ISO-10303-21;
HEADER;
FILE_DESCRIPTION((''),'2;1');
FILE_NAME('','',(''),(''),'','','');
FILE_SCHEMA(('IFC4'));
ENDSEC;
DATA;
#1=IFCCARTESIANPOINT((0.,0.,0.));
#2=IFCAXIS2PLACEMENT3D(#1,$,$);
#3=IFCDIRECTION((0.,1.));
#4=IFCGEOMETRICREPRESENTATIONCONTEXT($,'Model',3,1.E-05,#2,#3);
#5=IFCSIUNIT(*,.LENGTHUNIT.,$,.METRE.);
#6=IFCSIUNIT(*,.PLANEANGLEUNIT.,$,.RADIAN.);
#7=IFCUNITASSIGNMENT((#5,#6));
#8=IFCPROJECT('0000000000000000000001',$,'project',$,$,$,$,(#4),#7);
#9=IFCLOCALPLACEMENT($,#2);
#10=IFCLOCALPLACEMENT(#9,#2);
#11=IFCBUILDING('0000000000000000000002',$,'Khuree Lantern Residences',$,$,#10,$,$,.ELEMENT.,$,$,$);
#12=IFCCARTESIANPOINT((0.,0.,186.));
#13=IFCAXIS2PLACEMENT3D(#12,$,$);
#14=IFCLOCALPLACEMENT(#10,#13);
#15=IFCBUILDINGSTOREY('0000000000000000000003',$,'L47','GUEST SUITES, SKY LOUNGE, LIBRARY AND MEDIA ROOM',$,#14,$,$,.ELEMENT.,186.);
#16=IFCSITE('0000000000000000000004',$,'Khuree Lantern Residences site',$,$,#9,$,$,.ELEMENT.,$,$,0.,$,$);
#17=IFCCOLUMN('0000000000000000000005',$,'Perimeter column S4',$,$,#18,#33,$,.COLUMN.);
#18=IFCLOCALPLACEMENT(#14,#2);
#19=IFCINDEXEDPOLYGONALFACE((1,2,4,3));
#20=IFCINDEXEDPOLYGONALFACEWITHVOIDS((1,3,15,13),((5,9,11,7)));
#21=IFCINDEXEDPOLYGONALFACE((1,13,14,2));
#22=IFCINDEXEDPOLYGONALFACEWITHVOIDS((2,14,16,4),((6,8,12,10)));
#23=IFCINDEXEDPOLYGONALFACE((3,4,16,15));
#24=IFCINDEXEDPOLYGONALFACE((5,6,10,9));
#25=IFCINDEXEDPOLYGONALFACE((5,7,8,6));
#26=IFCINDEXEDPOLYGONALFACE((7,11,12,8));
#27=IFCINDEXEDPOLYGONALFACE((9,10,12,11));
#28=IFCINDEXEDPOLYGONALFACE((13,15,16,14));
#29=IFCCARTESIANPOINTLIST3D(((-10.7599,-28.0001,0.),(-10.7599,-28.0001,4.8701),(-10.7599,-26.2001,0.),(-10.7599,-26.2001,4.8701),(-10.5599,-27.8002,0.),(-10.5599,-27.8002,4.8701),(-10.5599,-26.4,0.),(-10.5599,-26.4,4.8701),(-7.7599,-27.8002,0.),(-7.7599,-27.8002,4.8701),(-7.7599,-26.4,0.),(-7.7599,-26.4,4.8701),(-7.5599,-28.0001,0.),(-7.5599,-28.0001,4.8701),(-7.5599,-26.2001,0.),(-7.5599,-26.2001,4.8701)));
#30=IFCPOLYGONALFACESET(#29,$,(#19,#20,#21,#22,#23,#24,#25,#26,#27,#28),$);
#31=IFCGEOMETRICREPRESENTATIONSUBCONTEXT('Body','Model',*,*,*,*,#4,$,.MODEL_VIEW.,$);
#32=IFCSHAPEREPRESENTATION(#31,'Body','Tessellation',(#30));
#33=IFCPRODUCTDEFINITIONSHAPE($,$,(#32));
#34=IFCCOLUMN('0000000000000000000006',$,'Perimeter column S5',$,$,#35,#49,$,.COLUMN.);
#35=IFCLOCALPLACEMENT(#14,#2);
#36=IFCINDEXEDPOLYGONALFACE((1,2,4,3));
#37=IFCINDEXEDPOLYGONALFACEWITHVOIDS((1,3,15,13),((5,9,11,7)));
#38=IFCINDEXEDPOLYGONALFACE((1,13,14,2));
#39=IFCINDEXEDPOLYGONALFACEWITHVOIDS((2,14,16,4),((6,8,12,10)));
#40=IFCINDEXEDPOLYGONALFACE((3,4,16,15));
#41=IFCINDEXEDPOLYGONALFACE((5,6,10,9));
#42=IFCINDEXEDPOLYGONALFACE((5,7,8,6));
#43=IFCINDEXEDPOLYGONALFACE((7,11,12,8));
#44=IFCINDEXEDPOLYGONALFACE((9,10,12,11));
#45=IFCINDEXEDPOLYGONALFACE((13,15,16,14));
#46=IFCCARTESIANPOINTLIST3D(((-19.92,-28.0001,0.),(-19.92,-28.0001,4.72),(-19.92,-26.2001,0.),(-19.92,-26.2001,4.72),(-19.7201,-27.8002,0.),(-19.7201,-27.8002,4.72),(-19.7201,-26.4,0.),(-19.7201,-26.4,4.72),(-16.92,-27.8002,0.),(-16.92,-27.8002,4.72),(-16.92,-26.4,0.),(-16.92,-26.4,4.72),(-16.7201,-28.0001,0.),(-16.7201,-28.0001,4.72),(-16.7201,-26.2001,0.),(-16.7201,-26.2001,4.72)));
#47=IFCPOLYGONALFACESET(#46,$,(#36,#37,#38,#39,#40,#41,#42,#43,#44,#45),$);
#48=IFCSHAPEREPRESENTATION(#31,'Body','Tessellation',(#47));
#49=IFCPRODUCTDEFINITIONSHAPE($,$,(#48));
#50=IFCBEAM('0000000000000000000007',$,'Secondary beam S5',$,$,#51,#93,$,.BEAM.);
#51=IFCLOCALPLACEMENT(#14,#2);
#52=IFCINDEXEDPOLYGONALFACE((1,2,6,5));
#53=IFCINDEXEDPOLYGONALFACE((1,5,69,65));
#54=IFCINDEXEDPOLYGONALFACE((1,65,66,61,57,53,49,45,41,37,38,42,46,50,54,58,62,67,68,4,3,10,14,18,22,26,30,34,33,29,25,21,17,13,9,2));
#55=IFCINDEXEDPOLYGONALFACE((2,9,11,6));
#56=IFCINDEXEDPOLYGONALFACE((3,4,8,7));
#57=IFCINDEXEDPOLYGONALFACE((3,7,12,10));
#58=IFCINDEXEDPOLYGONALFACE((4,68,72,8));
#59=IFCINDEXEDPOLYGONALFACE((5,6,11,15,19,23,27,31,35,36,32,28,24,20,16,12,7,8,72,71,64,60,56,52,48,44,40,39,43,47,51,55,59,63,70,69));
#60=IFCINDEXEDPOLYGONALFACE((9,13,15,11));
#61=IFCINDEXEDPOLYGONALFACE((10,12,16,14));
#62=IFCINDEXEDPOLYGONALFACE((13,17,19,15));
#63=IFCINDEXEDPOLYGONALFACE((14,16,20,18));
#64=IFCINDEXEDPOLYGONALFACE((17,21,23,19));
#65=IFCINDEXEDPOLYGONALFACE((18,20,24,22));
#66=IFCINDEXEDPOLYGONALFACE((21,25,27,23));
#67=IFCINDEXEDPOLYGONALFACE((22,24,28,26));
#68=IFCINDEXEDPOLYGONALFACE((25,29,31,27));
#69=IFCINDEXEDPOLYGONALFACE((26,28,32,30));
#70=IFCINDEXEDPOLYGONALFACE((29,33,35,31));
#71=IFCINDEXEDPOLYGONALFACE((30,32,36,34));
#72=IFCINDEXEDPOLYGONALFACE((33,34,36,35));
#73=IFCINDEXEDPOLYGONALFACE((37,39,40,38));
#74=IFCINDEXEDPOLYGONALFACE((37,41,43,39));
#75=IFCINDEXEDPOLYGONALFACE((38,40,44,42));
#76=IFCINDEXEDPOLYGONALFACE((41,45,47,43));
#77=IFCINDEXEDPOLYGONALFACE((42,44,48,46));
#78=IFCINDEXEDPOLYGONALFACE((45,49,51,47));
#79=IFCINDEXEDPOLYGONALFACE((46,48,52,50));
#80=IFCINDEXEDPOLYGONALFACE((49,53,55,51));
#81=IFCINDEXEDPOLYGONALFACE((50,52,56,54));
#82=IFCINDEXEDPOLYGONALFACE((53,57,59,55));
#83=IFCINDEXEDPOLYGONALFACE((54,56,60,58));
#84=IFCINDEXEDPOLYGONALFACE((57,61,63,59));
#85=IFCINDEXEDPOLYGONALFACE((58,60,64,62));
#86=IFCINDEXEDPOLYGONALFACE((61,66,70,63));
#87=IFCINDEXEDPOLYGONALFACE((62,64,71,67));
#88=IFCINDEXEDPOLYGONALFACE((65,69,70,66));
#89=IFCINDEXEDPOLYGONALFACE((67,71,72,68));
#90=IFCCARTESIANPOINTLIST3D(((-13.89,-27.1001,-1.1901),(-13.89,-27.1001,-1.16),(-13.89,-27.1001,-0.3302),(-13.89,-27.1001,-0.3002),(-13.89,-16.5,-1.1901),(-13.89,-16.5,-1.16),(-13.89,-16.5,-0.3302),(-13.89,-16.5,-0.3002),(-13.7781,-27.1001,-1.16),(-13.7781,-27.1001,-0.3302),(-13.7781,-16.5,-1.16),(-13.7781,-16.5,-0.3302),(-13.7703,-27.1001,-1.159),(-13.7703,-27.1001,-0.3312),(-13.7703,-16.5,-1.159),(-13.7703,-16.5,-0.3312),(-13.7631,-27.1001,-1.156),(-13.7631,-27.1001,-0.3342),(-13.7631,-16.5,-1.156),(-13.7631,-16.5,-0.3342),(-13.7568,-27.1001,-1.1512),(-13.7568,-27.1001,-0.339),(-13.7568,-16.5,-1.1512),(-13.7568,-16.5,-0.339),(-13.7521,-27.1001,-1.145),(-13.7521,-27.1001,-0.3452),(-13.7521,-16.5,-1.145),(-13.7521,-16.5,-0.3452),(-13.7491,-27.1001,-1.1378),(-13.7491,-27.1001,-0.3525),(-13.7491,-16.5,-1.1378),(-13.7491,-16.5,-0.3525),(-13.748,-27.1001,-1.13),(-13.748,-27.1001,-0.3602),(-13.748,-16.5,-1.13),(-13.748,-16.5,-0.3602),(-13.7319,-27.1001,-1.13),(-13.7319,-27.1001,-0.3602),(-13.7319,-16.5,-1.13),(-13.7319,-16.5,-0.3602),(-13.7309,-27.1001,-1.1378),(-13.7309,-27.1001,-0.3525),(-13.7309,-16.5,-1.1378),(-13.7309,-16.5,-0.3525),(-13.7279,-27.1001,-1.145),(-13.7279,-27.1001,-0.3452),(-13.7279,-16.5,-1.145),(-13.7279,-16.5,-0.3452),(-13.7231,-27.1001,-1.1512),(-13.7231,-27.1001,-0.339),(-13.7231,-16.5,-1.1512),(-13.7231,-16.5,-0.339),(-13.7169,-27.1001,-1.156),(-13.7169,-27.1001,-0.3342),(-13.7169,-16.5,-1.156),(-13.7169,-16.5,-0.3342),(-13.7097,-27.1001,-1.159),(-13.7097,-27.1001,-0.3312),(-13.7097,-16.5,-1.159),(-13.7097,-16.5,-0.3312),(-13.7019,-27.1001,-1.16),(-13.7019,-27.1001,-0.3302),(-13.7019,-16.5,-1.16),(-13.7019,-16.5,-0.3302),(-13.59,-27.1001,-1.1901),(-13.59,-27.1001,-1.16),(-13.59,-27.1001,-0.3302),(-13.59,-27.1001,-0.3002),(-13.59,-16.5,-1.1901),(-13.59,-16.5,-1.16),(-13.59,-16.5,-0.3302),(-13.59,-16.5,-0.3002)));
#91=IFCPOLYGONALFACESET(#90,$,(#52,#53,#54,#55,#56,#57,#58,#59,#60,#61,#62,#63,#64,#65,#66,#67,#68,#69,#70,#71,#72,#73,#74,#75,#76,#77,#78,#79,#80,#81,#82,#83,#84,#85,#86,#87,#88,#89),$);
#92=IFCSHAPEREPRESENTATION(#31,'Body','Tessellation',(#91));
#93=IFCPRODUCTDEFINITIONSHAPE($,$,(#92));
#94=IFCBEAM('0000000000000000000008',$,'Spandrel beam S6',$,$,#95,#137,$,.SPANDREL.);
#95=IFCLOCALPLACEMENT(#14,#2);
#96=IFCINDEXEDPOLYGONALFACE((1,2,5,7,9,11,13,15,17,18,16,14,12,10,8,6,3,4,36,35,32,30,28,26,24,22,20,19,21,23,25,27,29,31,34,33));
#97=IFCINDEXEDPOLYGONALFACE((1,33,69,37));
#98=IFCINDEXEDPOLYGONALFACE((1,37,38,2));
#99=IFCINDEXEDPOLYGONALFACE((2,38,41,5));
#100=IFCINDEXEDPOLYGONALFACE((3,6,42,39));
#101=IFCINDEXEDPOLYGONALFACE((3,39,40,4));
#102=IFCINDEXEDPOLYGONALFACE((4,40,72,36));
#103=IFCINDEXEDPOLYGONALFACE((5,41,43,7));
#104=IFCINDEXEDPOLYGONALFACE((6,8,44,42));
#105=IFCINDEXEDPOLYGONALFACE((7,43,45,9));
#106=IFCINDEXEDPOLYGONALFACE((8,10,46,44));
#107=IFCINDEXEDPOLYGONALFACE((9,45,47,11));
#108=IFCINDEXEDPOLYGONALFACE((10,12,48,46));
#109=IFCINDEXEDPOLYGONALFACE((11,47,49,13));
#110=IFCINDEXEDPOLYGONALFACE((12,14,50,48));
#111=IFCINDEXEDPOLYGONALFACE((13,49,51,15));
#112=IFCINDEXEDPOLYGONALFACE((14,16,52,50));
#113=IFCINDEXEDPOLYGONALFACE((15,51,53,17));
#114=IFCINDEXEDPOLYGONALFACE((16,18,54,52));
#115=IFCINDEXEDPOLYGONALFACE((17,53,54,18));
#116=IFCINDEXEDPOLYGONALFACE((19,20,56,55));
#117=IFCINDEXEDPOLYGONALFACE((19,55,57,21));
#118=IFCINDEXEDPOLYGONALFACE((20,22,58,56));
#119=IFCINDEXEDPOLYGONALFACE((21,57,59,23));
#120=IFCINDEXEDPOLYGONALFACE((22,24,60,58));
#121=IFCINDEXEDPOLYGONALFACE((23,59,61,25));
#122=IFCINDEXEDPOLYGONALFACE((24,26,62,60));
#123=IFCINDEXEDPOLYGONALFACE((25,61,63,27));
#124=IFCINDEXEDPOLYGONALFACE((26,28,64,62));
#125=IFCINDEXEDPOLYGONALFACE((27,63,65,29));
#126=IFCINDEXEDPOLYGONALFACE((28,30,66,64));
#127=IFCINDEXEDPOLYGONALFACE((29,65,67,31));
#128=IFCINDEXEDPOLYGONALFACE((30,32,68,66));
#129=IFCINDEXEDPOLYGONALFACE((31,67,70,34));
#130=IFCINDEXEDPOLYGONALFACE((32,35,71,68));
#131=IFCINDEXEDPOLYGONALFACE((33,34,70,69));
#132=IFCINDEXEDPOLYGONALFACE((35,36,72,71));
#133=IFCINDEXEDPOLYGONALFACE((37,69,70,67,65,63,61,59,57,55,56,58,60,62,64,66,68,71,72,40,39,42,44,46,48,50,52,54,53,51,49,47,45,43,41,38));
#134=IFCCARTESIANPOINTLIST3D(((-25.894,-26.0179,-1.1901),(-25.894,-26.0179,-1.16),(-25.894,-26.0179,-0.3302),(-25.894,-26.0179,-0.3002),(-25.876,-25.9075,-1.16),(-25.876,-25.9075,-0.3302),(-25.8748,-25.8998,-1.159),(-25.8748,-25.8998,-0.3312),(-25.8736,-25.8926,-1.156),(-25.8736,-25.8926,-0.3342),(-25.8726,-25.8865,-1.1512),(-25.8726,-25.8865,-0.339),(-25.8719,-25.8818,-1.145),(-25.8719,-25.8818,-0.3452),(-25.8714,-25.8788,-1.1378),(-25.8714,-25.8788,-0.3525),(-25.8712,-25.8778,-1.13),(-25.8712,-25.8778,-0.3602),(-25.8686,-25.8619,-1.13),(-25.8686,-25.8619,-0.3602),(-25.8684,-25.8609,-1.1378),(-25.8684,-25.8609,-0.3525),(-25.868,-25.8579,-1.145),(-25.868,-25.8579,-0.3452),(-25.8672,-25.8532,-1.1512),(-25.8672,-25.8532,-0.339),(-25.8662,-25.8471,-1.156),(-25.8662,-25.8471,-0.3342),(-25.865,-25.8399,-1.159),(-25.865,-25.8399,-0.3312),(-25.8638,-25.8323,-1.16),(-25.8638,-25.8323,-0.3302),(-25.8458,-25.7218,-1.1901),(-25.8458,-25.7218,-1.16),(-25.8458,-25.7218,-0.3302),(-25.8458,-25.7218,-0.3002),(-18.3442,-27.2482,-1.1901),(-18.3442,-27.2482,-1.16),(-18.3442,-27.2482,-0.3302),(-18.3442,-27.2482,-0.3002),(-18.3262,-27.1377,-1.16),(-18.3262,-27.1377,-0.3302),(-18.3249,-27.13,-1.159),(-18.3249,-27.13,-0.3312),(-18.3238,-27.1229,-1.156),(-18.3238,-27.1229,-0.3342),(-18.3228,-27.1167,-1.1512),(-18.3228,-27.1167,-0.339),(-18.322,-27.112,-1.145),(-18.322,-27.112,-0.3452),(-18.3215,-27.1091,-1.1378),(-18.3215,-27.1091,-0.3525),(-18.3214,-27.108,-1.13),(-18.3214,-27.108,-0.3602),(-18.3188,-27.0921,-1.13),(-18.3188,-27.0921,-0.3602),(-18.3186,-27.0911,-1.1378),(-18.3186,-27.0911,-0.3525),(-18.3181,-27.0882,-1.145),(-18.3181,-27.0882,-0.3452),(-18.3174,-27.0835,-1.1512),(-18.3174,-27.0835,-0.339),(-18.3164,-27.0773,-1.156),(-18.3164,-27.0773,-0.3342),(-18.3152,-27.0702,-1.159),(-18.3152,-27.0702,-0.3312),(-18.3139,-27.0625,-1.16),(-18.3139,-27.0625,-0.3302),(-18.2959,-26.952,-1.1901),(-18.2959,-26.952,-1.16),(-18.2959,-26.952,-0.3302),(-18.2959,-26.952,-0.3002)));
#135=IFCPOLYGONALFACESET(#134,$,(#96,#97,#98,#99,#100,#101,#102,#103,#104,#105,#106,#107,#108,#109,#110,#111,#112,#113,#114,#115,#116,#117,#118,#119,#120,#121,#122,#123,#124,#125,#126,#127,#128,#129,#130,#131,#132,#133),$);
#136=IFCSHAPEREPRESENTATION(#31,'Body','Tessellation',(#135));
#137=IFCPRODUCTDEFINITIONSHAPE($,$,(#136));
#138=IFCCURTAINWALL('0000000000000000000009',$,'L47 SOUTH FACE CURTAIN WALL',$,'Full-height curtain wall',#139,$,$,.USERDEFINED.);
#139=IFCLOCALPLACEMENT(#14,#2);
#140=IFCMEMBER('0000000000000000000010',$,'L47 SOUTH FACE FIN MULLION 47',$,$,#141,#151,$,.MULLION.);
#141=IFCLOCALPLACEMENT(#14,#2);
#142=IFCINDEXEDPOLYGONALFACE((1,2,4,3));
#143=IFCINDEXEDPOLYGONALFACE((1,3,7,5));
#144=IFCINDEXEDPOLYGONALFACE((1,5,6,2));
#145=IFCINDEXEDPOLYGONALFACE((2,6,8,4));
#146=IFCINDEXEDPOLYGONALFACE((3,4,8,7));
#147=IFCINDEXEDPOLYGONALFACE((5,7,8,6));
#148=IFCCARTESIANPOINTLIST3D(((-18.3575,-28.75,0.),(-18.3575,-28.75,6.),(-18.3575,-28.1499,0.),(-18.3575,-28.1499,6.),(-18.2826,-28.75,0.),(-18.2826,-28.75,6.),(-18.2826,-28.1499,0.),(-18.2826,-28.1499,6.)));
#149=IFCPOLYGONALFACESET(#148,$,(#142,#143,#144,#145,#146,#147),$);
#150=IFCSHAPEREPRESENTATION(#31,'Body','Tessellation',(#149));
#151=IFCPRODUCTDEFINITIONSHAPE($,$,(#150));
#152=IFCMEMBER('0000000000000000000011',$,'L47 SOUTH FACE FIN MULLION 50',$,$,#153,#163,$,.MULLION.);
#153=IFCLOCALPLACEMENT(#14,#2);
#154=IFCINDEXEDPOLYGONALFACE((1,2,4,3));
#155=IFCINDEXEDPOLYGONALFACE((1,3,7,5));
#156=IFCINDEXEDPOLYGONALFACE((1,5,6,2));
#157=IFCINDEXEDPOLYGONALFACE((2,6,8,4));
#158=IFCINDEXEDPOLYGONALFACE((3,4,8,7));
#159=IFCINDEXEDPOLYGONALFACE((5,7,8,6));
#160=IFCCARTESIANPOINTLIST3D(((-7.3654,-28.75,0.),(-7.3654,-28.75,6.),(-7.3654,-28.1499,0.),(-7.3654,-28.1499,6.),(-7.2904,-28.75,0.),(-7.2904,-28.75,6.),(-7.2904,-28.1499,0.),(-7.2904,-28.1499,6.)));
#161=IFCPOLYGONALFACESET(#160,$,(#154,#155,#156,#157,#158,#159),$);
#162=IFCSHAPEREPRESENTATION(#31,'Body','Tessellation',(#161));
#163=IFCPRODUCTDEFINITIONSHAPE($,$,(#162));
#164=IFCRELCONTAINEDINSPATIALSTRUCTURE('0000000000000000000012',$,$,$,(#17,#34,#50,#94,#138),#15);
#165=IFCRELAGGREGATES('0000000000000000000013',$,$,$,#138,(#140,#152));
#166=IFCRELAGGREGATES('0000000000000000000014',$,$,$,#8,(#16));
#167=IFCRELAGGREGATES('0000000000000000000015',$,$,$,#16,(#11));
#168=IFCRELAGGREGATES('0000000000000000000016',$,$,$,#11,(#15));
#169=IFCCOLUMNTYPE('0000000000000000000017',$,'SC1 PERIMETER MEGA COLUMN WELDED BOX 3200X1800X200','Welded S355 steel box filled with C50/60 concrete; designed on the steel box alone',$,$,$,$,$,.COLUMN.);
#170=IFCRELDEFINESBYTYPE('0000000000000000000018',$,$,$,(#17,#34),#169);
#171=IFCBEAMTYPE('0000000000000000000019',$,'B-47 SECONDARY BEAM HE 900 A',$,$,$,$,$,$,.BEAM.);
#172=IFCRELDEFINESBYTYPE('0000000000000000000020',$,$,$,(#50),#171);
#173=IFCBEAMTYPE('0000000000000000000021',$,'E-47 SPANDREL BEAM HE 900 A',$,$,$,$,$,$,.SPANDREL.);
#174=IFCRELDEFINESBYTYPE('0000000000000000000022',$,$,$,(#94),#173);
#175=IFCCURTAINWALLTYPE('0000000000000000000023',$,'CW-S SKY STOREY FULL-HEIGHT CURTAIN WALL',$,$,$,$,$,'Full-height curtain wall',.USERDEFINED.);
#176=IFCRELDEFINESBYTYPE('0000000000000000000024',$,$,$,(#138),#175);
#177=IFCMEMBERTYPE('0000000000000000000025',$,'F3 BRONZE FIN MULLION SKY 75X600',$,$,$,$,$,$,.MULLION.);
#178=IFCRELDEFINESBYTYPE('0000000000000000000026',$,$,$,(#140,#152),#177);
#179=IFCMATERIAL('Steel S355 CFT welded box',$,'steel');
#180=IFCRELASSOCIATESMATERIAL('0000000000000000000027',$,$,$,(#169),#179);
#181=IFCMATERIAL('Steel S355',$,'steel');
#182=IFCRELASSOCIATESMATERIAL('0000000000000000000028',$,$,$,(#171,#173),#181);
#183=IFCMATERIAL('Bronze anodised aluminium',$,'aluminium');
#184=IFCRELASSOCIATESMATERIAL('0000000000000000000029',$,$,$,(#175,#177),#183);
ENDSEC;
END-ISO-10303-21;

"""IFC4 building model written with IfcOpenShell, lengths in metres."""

from ifc_helpers import new_model, si_unit, direction, frame, origin, origin_2d, place, context, subcontext, project, spatial, rectangle, hollow_rectangle, i_section, extrude, material, material_profile, profile_set, type_object, element, aggregate, save


model = new_model("IFC4")

# Units and contexts
model_context = context("Model", 3, precision=1e-05, world=origin(), true_north=direction((0.0, 1.0)))
body_context = subcontext(model_context, "Body", "Model", "MODEL_VIEW")
ifc_project = project(units=[si_unit("LENGTHUNIT", "METRE"), si_unit("PLANEANGLEUNIT", "RADIAN")], contexts=[model_context])

# Site, building, storey
site_placement = place(None, origin())
site = spatial("IfcSite", under=ifc_project, at=site_placement, Name="Khuree Lantern Residences site", CompositionType="ELEMENT", RefElevation=0.0)
building_placement = place(site_placement, origin())
building = spatial("IfcBuilding", under=site, at=building_placement, Name="Khuree Lantern Residences", CompositionType="ELEMENT")
storey_placement = place(building_placement, frame((0.0, 0.0, 186.0)))
storey = spatial("IfcBuildingStorey", under=building, at=storey_placement, Name="L47", Description="GUEST SUITES, SKY LOUNGE, LIBRARY AND MEDIA ROOM", CompositionType="ELEMENT", Elevation=186.0)

# Columns
ifc_material_1 = material(Name="Steel S355 CFT welded box", Category="steel")
ifc_material_profile_1 = material_profile(ifc_material_1, hollow_rectangle(XDim=3.2, YDim=1.8, WallThickness=0.2, at=origin_2d()), Name="WELDED BOX 3200X1800X200")
ifc_profile_set_1 = profile_set([ifc_material_profile_1], Name="Steel S355 CFT welded box")
column_type = type_object("IfcColumnType", Name="SC1 PERIMETER MEGA COLUMN WELDED BOX 3200X1800X200", Description="Welded S355 steel box filled with C50/60 concrete; designed on the steel box alone", PredefinedType="COLUMN", material=ifc_profile_set_1)
column_1_placement = place(storey_placement, frame((-9.1599, -27.1001, 0.0), z_axis=(0.0, 0.0, 1.0), x_axis=(1.0, 0.0, 0.0)))
element("IfcColumn", 1, at=column_1_placement, inside=storey, type_object=column_type, Name="Perimeter column S4", PredefinedType="COLUMN", context=body_context, shape_type="SweptSolid", body=[
    extrude(hollow_rectangle(XDim=3.2, YDim=1.8, WallThickness=0.2, at=origin_2d()), origin(), (0.0, 0.0, 1.0), 4.8701),
])
column_2_placement = place(storey_placement, frame((-18.3201, -27.1001, 0.0), z_axis=(0.0, 0.0, 1.0), x_axis=(1.0, 0.0, 0.0)))
element("IfcColumn", 2, at=column_2_placement, inside=storey, type_object=column_type, Name="Perimeter column S5", PredefinedType="COLUMN", context=body_context, shape_type="SweptSolid", body=[
    extrude(hollow_rectangle(XDim=3.2, YDim=1.8, WallThickness=0.2, at=origin_2d()), origin(), (0.0, 0.0, 1.0), 4.72),
])

# Beams
ifc_material_2 = material(Name="Steel S355", Category="steel")
ifc_material_profile_2 = material_profile(ifc_material_2, i_section(OverallWidth=0.3, OverallDepth=0.8899, WebThickness=0.0161, FlangeThickness=0.03, FilletRadius=0.03, at=origin_2d()), Name="HE 900 A")
ifc_profile_set_2 = profile_set([ifc_material_profile_2], Name="Steel S355")
beam_type_1 = type_object("IfcBeamType", Name="B-47 SECONDARY BEAM HE 900 A", PredefinedType="BEAM", material=ifc_profile_set_2)
beam_1_placement = place(storey_placement, frame((-13.74, -27.1001, -0.7451), z_axis=(0.0, 1.0, 0.0), x_axis=(-1.0, 0.0, 0.0)))
element("IfcBeam", 3, at=beam_1_placement, inside=storey, type_object=beam_type_1, Name="Secondary beam S5", PredefinedType="BEAM", context=body_context, shape_type="SweptSolid", body=[
    extrude(i_section(OverallWidth=0.3, OverallDepth=0.8899, WebThickness=0.0161, FlangeThickness=0.03, FilletRadius=0.03, at=origin_2d()), origin(), (0.0, 0.0, 1.0), 10.6001),
])
ifc_material_profile_3 = material_profile(ifc_material_2, i_section(OverallWidth=0.3, OverallDepth=0.8899, WebThickness=0.0161, FlangeThickness=0.03, FilletRadius=0.03, at=origin_2d()), Name="HE 900 A")
ifc_profile_set_3 = profile_set([ifc_material_profile_3], Name="Steel S355")
beam_type_2 = type_object("IfcBeamType", Name="E-47 SPANDREL BEAM HE 900 A", PredefinedType="SPANDREL", material=ifc_profile_set_3)
beam_2_placement = place(storey_placement, frame((-18.3201, -27.1001, -0.7451), z_axis=(-0.986983, 0.160827, 0.0), x_axis=(-0.160827, -0.986983, 0.0)))
element("IfcBeam", 4, at=beam_2_placement, inside=storey, type_object=beam_type_2, Name="Spandrel beam S6", PredefinedType="SPANDREL", context=body_context, shape_type="SweptSolid", body=[
    extrude(i_section(OverallWidth=0.3, OverallDepth=0.8899, WebThickness=0.0161, FlangeThickness=0.03, FilletRadius=0.03, at=origin_2d()), origin(), (0.0, 0.0, 1.0), 7.6494),
])

# Curtain wall, members
ifc_material_3 = material(Name="Bronze anodised aluminium", Category="aluminium")
curtain_wall_type = type_object("IfcCurtainWallType", Name="CW-S SKY STOREY FULL-HEIGHT CURTAIN WALL", ElementType="Full-height curtain wall", PredefinedType="USERDEFINED", material=ifc_material_3)
curtain_wall_placement = place(storey_placement, origin())
curtain_wall = element("IfcCurtainWall", 5, at=curtain_wall_placement, inside=storey, type_object=curtain_wall_type, Name="L47 SOUTH FACE CURTAIN WALL", ObjectType="Full-height curtain wall", PredefinedType="USERDEFINED")
ifc_material_profile_4 = material_profile(ifc_material_3, rectangle(XDim=0.075, YDim=0.6001, at=origin_2d()), Name="F3 75X600")
ifc_profile_set_4 = profile_set([ifc_material_profile_4], Name="Bronze anodised aluminium")
member_type_1 = type_object("IfcMemberType", Name="F3 BRONZE FIN MULLION SKY 75X600", PredefinedType="MULLION", material=ifc_profile_set_4)
member_1_placement = place(storey_placement, frame((-18.3201, -28.45, 0.0), z_axis=(0.0, 0.0, 1.0), x_axis=(1.0, 0.0, 0.0)))
member_1 = element("IfcMember", 6, at=member_1_placement, type_object=member_type_1, Name="L47 SOUTH FACE FIN MULLION 47", PredefinedType="MULLION", context=body_context, shape_type="SweptSolid", body=[
    extrude(rectangle(XDim=0.075, YDim=0.6001, at=origin_2d()), origin(), (0.0, 0.0, 1.0), 6.0),
])
member_2_placement = place(storey_placement, frame((-7.3279, -28.45, 0.0), z_axis=(0.0, 0.0, 1.0), x_axis=(1.0, 0.0, 0.0)))
member_2 = element("IfcMember", 7, at=member_2_placement, type_object=member_type_1, Name="L47 SOUTH FACE FIN MULLION 50", PredefinedType="MULLION", context=body_context, shape_type="SweptSolid", body=[
    extrude(rectangle(XDim=0.075, YDim=0.6001, at=origin_2d()), origin(), (0.0, 0.0, 1.0), 6.0),
])

aggregate(curtain_wall, [member_1, member_2])

save(model, "model.ifc")
